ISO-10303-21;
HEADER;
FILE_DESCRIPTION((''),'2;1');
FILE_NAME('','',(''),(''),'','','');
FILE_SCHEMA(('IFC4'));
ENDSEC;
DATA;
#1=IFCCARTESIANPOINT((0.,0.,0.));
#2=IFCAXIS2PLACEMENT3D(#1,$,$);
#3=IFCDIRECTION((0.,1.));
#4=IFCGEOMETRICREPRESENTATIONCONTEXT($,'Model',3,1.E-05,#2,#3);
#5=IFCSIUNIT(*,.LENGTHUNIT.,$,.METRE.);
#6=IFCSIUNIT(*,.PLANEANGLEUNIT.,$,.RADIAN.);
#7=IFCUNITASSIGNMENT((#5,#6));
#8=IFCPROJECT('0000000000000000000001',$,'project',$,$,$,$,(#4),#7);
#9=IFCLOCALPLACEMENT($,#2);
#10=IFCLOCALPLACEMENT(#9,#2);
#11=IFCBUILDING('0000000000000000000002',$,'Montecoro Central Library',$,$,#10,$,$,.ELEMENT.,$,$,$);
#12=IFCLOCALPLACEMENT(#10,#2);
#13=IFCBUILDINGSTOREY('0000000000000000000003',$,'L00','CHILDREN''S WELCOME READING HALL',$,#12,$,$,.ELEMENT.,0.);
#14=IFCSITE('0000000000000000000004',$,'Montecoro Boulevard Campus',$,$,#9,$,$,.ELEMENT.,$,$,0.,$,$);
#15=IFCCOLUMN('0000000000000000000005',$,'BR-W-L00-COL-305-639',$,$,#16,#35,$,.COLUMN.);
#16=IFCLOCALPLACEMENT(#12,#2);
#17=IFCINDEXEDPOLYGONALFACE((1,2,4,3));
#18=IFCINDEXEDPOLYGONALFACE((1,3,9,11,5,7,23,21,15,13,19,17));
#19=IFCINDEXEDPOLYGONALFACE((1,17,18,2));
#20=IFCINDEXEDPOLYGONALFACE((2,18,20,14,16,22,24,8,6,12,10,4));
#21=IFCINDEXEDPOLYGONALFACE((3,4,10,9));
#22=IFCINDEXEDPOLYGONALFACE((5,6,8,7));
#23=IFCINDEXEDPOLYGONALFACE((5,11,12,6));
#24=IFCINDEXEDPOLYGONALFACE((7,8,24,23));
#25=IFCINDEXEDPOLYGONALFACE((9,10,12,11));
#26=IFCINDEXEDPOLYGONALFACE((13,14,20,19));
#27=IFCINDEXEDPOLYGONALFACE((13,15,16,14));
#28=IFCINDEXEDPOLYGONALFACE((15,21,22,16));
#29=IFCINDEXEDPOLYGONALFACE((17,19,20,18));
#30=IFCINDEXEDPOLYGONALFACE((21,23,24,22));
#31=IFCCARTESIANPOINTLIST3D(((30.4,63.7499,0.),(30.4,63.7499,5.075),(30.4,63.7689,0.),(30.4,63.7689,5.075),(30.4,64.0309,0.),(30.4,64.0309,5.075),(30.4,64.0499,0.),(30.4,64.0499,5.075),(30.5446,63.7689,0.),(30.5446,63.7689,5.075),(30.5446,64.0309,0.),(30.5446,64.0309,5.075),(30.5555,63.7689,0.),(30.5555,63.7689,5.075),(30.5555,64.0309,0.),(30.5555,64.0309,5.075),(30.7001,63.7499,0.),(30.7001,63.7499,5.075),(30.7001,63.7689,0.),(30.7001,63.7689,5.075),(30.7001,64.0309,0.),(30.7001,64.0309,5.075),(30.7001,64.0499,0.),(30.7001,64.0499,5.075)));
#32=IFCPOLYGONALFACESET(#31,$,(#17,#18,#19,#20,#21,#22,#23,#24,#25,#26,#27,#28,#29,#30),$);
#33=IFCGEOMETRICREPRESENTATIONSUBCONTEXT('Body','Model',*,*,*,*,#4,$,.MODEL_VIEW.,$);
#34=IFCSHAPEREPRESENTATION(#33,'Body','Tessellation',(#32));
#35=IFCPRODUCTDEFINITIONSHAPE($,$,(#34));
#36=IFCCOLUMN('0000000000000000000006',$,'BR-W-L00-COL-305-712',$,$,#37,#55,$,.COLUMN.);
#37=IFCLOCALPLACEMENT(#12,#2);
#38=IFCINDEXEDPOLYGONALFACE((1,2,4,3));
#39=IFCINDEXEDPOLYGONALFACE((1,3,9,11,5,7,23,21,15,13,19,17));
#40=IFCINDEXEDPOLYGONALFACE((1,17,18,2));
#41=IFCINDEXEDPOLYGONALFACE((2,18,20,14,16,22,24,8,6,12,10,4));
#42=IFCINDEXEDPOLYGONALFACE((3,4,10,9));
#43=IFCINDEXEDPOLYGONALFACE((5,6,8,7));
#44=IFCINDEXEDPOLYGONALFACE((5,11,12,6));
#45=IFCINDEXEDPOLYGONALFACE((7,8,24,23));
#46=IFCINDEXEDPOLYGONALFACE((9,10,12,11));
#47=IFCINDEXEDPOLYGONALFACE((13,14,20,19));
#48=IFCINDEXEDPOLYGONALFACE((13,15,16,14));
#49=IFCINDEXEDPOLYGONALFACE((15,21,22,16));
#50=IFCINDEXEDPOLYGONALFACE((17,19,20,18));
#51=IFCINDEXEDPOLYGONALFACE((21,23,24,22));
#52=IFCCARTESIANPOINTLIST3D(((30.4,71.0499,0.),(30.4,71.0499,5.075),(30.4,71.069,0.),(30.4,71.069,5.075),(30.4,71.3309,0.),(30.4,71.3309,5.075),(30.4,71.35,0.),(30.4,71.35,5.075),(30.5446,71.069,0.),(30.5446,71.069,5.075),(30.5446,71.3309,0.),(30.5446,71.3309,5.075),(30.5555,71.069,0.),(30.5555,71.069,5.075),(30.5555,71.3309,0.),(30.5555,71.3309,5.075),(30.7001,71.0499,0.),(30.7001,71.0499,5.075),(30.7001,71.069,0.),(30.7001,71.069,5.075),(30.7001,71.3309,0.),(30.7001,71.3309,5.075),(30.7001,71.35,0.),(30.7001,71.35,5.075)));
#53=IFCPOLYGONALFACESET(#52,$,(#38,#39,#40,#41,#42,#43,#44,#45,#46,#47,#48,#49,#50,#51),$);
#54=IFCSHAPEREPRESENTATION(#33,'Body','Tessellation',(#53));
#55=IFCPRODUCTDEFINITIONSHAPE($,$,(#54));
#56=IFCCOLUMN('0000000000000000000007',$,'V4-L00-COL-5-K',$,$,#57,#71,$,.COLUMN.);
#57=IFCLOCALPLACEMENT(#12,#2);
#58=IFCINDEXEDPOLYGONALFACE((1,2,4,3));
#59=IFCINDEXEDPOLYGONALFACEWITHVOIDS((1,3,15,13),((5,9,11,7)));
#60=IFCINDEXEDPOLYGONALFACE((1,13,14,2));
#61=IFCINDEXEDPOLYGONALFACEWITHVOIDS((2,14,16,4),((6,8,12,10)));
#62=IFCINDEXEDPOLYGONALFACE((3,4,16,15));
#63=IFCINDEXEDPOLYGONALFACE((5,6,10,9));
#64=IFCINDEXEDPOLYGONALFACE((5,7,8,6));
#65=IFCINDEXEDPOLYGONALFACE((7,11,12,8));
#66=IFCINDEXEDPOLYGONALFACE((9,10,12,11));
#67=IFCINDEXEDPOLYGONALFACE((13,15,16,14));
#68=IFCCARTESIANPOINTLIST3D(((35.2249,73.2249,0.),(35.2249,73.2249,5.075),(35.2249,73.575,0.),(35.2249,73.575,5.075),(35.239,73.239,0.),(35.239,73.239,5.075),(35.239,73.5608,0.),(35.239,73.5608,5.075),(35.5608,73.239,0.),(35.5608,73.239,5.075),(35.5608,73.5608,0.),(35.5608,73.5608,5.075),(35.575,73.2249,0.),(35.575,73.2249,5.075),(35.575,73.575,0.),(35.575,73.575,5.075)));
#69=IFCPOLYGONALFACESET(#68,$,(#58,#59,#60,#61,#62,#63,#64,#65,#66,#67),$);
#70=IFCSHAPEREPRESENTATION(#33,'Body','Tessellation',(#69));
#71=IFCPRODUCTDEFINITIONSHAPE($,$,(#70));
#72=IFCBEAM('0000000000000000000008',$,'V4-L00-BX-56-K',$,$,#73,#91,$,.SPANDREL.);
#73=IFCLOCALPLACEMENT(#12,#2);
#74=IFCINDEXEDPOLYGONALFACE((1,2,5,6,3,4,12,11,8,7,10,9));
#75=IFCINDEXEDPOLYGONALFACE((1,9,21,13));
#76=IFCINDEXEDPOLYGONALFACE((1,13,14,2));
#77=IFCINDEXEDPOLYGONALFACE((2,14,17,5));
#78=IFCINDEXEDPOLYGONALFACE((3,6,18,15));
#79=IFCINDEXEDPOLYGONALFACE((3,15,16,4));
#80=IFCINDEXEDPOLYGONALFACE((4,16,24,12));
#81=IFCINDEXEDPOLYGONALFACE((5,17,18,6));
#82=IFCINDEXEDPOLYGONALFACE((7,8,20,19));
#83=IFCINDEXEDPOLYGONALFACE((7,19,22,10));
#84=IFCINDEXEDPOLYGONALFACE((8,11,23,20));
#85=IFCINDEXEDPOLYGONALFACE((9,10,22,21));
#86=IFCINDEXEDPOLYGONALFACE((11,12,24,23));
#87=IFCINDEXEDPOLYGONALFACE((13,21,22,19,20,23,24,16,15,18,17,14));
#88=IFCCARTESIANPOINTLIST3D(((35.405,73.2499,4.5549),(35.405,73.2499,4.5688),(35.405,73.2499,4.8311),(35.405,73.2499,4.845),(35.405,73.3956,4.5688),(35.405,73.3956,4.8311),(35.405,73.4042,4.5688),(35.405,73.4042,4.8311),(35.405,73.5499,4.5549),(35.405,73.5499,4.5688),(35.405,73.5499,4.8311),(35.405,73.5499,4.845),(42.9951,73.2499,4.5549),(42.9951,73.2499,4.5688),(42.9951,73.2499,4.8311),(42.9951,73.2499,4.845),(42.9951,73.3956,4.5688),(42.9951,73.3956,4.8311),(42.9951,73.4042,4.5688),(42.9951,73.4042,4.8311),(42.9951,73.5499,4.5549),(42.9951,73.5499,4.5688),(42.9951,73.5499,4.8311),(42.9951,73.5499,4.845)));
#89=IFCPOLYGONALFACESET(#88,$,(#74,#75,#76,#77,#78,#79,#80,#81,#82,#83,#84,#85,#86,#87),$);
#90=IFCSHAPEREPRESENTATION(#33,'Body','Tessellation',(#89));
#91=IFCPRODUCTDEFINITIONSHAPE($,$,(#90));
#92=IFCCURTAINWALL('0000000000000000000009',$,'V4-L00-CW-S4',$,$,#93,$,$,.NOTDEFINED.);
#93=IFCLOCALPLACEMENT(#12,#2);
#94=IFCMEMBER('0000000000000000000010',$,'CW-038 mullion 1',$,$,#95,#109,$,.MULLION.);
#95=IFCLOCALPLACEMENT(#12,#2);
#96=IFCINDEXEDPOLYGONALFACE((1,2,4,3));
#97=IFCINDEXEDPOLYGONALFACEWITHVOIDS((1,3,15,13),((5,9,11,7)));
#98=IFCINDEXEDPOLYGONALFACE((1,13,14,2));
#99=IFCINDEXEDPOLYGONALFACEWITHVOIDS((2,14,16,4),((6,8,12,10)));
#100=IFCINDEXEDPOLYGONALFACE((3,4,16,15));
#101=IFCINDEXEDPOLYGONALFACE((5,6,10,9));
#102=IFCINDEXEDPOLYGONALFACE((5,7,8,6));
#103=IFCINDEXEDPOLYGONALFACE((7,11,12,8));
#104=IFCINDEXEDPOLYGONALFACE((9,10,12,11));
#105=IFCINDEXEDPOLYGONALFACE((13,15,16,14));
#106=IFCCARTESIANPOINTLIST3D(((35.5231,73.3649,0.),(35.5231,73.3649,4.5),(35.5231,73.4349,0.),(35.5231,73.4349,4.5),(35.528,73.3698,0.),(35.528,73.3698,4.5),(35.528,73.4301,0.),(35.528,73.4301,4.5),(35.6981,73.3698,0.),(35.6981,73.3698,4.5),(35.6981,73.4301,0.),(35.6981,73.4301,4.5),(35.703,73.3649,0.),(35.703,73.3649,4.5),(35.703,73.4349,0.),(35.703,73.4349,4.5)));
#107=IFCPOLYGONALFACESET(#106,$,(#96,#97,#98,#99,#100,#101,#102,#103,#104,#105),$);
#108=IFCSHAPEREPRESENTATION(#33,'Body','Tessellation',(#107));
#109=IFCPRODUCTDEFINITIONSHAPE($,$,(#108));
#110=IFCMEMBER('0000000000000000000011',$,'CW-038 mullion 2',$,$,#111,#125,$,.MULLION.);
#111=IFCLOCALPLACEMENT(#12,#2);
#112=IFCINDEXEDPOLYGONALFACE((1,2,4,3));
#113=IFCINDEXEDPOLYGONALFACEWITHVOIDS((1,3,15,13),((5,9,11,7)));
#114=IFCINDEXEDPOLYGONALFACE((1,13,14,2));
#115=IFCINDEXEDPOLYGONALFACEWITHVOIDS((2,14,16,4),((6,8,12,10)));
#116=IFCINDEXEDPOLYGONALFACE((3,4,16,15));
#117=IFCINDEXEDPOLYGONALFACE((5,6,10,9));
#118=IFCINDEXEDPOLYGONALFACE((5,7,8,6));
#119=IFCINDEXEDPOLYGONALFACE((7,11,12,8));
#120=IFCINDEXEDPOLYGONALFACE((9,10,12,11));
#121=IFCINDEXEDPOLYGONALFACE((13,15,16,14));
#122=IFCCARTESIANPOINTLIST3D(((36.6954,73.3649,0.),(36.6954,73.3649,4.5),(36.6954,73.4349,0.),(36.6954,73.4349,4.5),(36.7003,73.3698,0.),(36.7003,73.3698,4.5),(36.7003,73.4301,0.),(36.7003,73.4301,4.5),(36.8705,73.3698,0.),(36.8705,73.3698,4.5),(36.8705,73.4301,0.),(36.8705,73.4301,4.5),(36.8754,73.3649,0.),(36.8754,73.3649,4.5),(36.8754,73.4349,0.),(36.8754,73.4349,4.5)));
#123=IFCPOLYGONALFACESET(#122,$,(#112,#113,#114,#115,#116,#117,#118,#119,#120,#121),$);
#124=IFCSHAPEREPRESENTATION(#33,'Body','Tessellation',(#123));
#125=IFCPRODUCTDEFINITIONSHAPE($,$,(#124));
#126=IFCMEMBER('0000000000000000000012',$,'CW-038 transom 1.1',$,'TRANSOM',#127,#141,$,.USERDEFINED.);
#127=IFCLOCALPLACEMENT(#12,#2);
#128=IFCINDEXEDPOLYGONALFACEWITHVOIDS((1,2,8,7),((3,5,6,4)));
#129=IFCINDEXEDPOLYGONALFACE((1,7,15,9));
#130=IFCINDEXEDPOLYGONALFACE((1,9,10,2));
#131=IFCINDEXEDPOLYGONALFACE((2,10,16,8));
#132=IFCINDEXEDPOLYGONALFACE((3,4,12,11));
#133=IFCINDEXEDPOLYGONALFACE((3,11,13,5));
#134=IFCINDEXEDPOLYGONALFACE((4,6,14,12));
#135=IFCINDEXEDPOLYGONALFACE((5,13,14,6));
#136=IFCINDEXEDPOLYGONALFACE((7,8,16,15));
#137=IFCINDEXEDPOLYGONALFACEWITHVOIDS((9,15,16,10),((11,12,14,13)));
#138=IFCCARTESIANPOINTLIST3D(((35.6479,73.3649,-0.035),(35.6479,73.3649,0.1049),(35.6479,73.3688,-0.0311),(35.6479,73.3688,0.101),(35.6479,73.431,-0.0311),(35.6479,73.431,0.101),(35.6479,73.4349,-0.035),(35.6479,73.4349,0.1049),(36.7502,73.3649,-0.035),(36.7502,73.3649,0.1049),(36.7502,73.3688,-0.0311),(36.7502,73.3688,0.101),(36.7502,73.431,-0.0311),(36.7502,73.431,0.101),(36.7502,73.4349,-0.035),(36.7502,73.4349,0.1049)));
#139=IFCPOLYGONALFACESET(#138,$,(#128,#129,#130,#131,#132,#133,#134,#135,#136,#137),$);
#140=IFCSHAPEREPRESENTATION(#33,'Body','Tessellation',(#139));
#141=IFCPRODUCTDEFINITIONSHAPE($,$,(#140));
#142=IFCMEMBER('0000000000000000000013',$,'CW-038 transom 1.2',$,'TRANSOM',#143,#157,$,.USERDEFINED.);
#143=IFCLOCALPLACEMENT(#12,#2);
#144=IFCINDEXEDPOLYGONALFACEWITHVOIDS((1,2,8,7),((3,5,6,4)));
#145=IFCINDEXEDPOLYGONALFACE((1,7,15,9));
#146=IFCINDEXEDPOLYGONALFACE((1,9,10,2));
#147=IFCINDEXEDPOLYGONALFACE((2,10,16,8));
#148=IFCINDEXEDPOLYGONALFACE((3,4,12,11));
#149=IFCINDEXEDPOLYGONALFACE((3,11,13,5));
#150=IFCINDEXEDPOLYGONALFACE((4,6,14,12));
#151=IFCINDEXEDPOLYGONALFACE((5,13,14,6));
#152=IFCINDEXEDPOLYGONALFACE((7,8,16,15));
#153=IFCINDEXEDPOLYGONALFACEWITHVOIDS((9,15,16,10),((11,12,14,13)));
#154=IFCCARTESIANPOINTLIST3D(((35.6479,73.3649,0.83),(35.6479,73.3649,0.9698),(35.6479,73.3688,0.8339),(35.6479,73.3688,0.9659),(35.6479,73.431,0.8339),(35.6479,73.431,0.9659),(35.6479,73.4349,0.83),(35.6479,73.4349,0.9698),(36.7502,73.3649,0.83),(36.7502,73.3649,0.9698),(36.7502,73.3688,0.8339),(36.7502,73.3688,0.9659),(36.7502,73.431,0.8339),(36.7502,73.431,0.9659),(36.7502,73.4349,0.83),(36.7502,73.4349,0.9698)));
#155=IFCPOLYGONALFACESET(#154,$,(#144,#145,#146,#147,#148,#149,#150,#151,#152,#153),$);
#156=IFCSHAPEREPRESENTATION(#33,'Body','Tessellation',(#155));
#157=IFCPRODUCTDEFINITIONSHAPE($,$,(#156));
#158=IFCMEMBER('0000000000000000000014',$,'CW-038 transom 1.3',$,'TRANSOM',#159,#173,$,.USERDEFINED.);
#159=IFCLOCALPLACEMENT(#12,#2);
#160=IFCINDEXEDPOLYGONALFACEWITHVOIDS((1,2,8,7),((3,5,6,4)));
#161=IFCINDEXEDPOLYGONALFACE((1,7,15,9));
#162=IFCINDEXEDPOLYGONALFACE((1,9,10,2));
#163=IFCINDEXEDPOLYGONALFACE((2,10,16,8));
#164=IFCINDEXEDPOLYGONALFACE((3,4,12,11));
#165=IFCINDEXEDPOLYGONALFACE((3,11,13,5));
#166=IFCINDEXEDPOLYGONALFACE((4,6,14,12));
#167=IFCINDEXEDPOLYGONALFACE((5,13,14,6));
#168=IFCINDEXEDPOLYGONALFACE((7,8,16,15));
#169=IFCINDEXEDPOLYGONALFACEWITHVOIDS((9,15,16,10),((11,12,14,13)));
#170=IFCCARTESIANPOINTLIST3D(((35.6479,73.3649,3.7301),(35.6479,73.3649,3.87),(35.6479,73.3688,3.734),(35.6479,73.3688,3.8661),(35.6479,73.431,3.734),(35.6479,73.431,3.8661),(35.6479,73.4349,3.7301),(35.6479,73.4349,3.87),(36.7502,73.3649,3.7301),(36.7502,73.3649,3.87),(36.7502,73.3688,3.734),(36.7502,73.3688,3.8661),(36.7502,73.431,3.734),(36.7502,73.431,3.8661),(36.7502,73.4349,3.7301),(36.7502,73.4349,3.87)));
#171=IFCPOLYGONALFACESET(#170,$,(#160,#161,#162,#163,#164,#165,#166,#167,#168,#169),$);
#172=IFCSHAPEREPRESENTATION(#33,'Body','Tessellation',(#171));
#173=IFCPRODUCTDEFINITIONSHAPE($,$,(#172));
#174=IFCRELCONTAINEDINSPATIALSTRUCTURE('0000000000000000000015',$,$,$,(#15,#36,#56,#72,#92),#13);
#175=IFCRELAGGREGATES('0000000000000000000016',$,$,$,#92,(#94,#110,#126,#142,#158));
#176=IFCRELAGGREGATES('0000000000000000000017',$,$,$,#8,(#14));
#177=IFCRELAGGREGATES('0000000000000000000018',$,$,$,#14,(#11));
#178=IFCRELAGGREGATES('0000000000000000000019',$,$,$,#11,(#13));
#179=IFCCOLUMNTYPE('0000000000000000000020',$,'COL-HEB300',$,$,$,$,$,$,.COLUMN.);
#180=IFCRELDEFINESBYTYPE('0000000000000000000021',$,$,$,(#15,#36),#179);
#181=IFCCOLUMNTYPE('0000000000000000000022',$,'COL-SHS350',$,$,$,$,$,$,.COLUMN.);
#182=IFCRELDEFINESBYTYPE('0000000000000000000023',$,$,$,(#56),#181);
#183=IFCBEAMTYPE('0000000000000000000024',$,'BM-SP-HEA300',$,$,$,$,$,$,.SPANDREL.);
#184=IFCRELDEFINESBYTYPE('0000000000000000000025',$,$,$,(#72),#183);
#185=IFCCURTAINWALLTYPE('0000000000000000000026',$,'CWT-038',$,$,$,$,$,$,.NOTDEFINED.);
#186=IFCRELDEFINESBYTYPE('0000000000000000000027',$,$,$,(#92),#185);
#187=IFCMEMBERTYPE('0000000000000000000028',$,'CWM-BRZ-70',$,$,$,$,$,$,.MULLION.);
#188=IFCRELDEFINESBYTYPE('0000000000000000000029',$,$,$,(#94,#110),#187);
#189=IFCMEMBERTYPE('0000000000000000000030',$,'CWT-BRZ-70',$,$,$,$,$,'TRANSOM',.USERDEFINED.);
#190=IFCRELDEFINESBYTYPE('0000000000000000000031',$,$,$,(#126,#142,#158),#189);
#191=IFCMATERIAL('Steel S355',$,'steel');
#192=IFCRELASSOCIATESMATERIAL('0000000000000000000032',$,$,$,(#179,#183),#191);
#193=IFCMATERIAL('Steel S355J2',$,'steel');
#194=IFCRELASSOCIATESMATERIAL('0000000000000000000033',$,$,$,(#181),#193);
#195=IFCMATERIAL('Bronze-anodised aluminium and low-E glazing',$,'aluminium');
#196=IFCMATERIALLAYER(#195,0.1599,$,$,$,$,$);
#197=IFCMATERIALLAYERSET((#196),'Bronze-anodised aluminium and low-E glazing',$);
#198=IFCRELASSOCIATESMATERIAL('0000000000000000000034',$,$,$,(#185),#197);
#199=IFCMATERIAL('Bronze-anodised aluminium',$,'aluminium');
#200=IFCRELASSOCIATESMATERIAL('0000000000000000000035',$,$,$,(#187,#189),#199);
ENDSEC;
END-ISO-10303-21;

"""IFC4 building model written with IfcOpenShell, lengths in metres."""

from ifc_helpers import new_model, si_unit, direction, frame, origin, origin_2d, place, context, subcontext, project, spatial, hollow_rectangle, i_section, extrude, material, layer, layer_set, material_profile, profile_set, type_object, element, aggregate, save


model = new_model("IFC4")

# Units and contexts
model_context = context("Model", 3, precision=1e-05, world=origin(), true_north=direction((0.0, 1.0)))
body_context = subcontext(model_context, "Body", "Model", "MODEL_VIEW")
ifc_project = project(units=[si_unit("LENGTHUNIT", "METRE"), si_unit("PLANEANGLEUNIT", "RADIAN")], contexts=[model_context])

# Site, building, storey
site_placement = place(None, origin())
site = spatial("IfcSite", under=ifc_project, at=site_placement, Name="Montecoro Boulevard Campus", CompositionType="ELEMENT", RefElevation=0.0)
building_placement = place(site_placement, origin())
building = spatial("IfcBuilding", under=site, at=building_placement, Name="Montecoro Central Library", CompositionType="ELEMENT")
storey_placement = place(building_placement, origin())
storey = spatial("IfcBuildingStorey", under=building, at=storey_placement, Name="L00", Description="CHILDREN'S WELCOME READING HALL", CompositionType="ELEMENT", Elevation=0.0)

# Columns
ifc_material_1 = material(Name="Steel S355", Category="steel")
ifc_material_profile_1 = material_profile(ifc_material_1, i_section(OverallWidth=0.3, OverallDepth=0.3, WebThickness=0.011, FlangeThickness=0.019, at=origin_2d()), Name="HEB 300")
ifc_profile_set_1 = profile_set([ifc_material_profile_1], Name="Steel S355")
column_type_1 = type_object("IfcColumnType", Name="COL-HEB300", PredefinedType="COLUMN", material=ifc_profile_set_1)
for number, where, z_axis, x_axis, name in (
    (1, (30.55, 63.8999, 0.0), (0.0, 0.0, 1.0), (1.0, 0.0, 0.0), "BR-W-L00-COL-305-639"),
    (2, (30.55, 71.2, 0.0), (0.0, 0.0, 1.0), (1.0, 0.0, 0.0), "BR-W-L00-COL-305-712"),
):
    element("IfcColumn", number, at=place(storey_placement, frame(where, z_axis=z_axis, x_axis=x_axis)), inside=storey, type_object=column_type_1, Name=name, PredefinedType="COLUMN", context=body_context, shape_type="SweptSolid", body=[
        extrude(i_section(OverallWidth=0.3, OverallDepth=0.3, WebThickness=0.011, FlangeThickness=0.019, at=origin_2d()), origin(), (0.0, 0.0, 1.0), 5.075),
    ])
ifc_material_2 = material(Name="Steel S355J2", Category="steel")
ifc_material_profile_2 = material_profile(ifc_material_2, hollow_rectangle(XDim=0.3501, YDim=0.3501, WallThickness=0.0142, at=origin_2d()), Name="SHS 350x350x14.2")
ifc_profile_set_2 = profile_set([ifc_material_profile_2], Name="Steel S355J2")
column_type_2 = type_object("IfcColumnType", Name="COL-SHS350", PredefinedType="COLUMN", material=ifc_profile_set_2)
column_placement = place(storey_placement, frame((35.3999, 73.3999, 0.0), z_axis=(0.0, 0.0, 1.0), x_axis=(1.0, 0.0, 0.0)))
element("IfcColumn", 3, at=column_placement, inside=storey, type_object=column_type_2, Name="V4-L00-COL-5-K", PredefinedType="COLUMN", context=body_context, shape_type="SweptSolid", body=[
    extrude(hollow_rectangle(XDim=0.3501, YDim=0.3501, WallThickness=0.0142, at=origin_2d()), origin(), (0.0, 0.0, 1.0), 5.075),
])

# Beam
ifc_material_profile_3 = material_profile(ifc_material_1, i_section(OverallWidth=0.3, OverallDepth=0.29, WebThickness=0.0085, FlangeThickness=0.0139, at=origin_2d()), Name="HEA 300")
ifc_profile_set_3 = profile_set([ifc_material_profile_3], Name="Steel S355")
beam_type = type_object("IfcBeamType", Name="BM-SP-HEA300", PredefinedType="SPANDREL", material=ifc_profile_set_3)
beam_placement = place(storey_placement, frame((35.405, 73.3999, 4.7), z_axis=(1.0, 0.0, 0.0), x_axis=(0.0, 1.0, 0.0)))
element("IfcBeam", 4, at=beam_placement, inside=storey, type_object=beam_type, Name="V4-L00-BX-56-K", PredefinedType="SPANDREL", context=body_context, shape_type="SweptSolid", body=[
    extrude(i_section(OverallWidth=0.3, OverallDepth=0.29, WebThickness=0.0085, FlangeThickness=0.0139, at=origin_2d()), origin(), (0.0, 0.0, 1.0), 7.5901),
])

# Curtain wall, members
ifc_material_3 = material(Name="Bronze-anodised aluminium and low-E glazing", Category="aluminium")
ifc_layer_1 = layer(ifc_material_3, 0.1599)
ifc_layer_set_1 = layer_set([ifc_layer_1], Name="Bronze-anodised aluminium and low-E glazing")
curtain_wall_type = type_object("IfcCurtainWallType", Name="CWT-038", PredefinedType="NOTDEFINED", material=ifc_layer_set_1)
curtain_wall_placement = place(storey_placement, origin())
curtain_wall = element("IfcCurtainWall", 5, at=curtain_wall_placement, inside=storey, type_object=curtain_wall_type, Name="V4-L00-CW-S4", PredefinedType="NOTDEFINED")
ifc_material_4 = material(Name="Bronze-anodised aluminium", Category="aluminium")
ifc_material_profile_4 = material_profile(ifc_material_4, hollow_rectangle(XDim=0.0701, YDim=0.1799, WallThickness=0.0049, at=origin_2d()), Name="CWM 180x70x5.0")
ifc_profile_set_4 = profile_set([ifc_material_profile_4], Name="Bronze-anodised aluminium")
member_type_1 = type_object("IfcMemberType", Name="CWM-BRZ-70", PredefinedType="MULLION", material=ifc_profile_set_4)
member_1_placement = place(storey_placement, frame((35.613, 73.3999, 0.0), z_axis=(0.0, 0.0, 1.0), x_axis=(0.0, 1.0, 0.0)))
member_1 = element("IfcMember", 6, at=member_1_placement, type_object=member_type_1, Name="CW-038 mullion 1", PredefinedType="MULLION", context=body_context, shape_type="SweptSolid", body=[
    extrude(hollow_rectangle(XDim=0.0701, YDim=0.1799, WallThickness=0.0049, at=origin_2d()), origin(), (0.0, 0.0, 1.0), 4.5),
])
member_2_placement = place(storey_placement, frame((36.7854, 73.3999, 0.0), z_axis=(0.0, 0.0, 1.0), x_axis=(0.0, 1.0, 0.0)))
member_2 = element("IfcMember", 7, at=member_2_placement, type_object=member_type_1, Name="CW-038 mullion 2", PredefinedType="MULLION", context=body_context, shape_type="SweptSolid", body=[
    extrude(hollow_rectangle(XDim=0.0701, YDim=0.1799, WallThickness=0.0049, at=origin_2d()), origin(), (0.0, 0.0, 1.0), 4.5),
])
ifc_material_profile_5 = material_profile(ifc_material_4, hollow_rectangle(XDim=0.0701, YDim=0.1399, WallThickness=0.0039, at=origin_2d()), Name="CWT 140x70x4.0")
ifc_profile_set_5 = profile_set([ifc_material_profile_5], Name="Bronze-anodised aluminium")
member_type_2 = type_object("IfcMemberType", Name="CWT-BRZ-70", ElementType="TRANSOM", PredefinedType="USERDEFINED", material=ifc_profile_set_5)
member_3_placement = place(storey_placement, frame((35.6479, 73.3999, 0.0349), z_axis=(1.0, 0.0, 0.0), x_axis=(0.0, 1.0, 0.0)))
member_3 = element("IfcMember", 8, at=member_3_placement, type_object=member_type_2, Name="CW-038 transom 1.1", ObjectType="TRANSOM", PredefinedType="USERDEFINED", context=body_context, shape_type="SweptSolid", body=[
    extrude(hollow_rectangle(XDim=0.0701, YDim=0.1399, WallThickness=0.0039, at=origin_2d()), origin(), (0.0, 0.0, 1.0), 1.1023),
])
member_4_placement = place(storey_placement, frame((35.6479, 73.3999, 0.8999), z_axis=(1.0, 0.0, 0.0), x_axis=(0.0, 1.0, 0.0)))
member_4 = element("IfcMember", 9, at=member_4_placement, type_object=member_type_2, Name="CW-038 transom 1.2", ObjectType="TRANSOM", PredefinedType="USERDEFINED", context=body_context, shape_type="SweptSolid", body=[
    extrude(hollow_rectangle(XDim=0.0701, YDim=0.1399, WallThickness=0.0039, at=origin_2d()), origin(), (0.0, 0.0, 1.0), 1.1023),
])
member_5_placement = place(storey_placement, frame((35.6479, 73.3999, 3.8), z_axis=(1.0, 0.0, 0.0), x_axis=(0.0, 1.0, 0.0)))
member_5 = element("IfcMember", 10, at=member_5_placement, type_object=member_type_2, Name="CW-038 transom 1.3", ObjectType="TRANSOM", PredefinedType="USERDEFINED", context=body_context, shape_type="SweptSolid", body=[
    extrude(hollow_rectangle(XDim=0.0701, YDim=0.1399, WallThickness=0.0039, at=origin_2d()), origin(), (0.0, 0.0, 1.0), 1.1023),
])
aggregate(curtain_wall, [member_1, member_2, member_3, member_4, member_5])

save(model, "model.ifc")
